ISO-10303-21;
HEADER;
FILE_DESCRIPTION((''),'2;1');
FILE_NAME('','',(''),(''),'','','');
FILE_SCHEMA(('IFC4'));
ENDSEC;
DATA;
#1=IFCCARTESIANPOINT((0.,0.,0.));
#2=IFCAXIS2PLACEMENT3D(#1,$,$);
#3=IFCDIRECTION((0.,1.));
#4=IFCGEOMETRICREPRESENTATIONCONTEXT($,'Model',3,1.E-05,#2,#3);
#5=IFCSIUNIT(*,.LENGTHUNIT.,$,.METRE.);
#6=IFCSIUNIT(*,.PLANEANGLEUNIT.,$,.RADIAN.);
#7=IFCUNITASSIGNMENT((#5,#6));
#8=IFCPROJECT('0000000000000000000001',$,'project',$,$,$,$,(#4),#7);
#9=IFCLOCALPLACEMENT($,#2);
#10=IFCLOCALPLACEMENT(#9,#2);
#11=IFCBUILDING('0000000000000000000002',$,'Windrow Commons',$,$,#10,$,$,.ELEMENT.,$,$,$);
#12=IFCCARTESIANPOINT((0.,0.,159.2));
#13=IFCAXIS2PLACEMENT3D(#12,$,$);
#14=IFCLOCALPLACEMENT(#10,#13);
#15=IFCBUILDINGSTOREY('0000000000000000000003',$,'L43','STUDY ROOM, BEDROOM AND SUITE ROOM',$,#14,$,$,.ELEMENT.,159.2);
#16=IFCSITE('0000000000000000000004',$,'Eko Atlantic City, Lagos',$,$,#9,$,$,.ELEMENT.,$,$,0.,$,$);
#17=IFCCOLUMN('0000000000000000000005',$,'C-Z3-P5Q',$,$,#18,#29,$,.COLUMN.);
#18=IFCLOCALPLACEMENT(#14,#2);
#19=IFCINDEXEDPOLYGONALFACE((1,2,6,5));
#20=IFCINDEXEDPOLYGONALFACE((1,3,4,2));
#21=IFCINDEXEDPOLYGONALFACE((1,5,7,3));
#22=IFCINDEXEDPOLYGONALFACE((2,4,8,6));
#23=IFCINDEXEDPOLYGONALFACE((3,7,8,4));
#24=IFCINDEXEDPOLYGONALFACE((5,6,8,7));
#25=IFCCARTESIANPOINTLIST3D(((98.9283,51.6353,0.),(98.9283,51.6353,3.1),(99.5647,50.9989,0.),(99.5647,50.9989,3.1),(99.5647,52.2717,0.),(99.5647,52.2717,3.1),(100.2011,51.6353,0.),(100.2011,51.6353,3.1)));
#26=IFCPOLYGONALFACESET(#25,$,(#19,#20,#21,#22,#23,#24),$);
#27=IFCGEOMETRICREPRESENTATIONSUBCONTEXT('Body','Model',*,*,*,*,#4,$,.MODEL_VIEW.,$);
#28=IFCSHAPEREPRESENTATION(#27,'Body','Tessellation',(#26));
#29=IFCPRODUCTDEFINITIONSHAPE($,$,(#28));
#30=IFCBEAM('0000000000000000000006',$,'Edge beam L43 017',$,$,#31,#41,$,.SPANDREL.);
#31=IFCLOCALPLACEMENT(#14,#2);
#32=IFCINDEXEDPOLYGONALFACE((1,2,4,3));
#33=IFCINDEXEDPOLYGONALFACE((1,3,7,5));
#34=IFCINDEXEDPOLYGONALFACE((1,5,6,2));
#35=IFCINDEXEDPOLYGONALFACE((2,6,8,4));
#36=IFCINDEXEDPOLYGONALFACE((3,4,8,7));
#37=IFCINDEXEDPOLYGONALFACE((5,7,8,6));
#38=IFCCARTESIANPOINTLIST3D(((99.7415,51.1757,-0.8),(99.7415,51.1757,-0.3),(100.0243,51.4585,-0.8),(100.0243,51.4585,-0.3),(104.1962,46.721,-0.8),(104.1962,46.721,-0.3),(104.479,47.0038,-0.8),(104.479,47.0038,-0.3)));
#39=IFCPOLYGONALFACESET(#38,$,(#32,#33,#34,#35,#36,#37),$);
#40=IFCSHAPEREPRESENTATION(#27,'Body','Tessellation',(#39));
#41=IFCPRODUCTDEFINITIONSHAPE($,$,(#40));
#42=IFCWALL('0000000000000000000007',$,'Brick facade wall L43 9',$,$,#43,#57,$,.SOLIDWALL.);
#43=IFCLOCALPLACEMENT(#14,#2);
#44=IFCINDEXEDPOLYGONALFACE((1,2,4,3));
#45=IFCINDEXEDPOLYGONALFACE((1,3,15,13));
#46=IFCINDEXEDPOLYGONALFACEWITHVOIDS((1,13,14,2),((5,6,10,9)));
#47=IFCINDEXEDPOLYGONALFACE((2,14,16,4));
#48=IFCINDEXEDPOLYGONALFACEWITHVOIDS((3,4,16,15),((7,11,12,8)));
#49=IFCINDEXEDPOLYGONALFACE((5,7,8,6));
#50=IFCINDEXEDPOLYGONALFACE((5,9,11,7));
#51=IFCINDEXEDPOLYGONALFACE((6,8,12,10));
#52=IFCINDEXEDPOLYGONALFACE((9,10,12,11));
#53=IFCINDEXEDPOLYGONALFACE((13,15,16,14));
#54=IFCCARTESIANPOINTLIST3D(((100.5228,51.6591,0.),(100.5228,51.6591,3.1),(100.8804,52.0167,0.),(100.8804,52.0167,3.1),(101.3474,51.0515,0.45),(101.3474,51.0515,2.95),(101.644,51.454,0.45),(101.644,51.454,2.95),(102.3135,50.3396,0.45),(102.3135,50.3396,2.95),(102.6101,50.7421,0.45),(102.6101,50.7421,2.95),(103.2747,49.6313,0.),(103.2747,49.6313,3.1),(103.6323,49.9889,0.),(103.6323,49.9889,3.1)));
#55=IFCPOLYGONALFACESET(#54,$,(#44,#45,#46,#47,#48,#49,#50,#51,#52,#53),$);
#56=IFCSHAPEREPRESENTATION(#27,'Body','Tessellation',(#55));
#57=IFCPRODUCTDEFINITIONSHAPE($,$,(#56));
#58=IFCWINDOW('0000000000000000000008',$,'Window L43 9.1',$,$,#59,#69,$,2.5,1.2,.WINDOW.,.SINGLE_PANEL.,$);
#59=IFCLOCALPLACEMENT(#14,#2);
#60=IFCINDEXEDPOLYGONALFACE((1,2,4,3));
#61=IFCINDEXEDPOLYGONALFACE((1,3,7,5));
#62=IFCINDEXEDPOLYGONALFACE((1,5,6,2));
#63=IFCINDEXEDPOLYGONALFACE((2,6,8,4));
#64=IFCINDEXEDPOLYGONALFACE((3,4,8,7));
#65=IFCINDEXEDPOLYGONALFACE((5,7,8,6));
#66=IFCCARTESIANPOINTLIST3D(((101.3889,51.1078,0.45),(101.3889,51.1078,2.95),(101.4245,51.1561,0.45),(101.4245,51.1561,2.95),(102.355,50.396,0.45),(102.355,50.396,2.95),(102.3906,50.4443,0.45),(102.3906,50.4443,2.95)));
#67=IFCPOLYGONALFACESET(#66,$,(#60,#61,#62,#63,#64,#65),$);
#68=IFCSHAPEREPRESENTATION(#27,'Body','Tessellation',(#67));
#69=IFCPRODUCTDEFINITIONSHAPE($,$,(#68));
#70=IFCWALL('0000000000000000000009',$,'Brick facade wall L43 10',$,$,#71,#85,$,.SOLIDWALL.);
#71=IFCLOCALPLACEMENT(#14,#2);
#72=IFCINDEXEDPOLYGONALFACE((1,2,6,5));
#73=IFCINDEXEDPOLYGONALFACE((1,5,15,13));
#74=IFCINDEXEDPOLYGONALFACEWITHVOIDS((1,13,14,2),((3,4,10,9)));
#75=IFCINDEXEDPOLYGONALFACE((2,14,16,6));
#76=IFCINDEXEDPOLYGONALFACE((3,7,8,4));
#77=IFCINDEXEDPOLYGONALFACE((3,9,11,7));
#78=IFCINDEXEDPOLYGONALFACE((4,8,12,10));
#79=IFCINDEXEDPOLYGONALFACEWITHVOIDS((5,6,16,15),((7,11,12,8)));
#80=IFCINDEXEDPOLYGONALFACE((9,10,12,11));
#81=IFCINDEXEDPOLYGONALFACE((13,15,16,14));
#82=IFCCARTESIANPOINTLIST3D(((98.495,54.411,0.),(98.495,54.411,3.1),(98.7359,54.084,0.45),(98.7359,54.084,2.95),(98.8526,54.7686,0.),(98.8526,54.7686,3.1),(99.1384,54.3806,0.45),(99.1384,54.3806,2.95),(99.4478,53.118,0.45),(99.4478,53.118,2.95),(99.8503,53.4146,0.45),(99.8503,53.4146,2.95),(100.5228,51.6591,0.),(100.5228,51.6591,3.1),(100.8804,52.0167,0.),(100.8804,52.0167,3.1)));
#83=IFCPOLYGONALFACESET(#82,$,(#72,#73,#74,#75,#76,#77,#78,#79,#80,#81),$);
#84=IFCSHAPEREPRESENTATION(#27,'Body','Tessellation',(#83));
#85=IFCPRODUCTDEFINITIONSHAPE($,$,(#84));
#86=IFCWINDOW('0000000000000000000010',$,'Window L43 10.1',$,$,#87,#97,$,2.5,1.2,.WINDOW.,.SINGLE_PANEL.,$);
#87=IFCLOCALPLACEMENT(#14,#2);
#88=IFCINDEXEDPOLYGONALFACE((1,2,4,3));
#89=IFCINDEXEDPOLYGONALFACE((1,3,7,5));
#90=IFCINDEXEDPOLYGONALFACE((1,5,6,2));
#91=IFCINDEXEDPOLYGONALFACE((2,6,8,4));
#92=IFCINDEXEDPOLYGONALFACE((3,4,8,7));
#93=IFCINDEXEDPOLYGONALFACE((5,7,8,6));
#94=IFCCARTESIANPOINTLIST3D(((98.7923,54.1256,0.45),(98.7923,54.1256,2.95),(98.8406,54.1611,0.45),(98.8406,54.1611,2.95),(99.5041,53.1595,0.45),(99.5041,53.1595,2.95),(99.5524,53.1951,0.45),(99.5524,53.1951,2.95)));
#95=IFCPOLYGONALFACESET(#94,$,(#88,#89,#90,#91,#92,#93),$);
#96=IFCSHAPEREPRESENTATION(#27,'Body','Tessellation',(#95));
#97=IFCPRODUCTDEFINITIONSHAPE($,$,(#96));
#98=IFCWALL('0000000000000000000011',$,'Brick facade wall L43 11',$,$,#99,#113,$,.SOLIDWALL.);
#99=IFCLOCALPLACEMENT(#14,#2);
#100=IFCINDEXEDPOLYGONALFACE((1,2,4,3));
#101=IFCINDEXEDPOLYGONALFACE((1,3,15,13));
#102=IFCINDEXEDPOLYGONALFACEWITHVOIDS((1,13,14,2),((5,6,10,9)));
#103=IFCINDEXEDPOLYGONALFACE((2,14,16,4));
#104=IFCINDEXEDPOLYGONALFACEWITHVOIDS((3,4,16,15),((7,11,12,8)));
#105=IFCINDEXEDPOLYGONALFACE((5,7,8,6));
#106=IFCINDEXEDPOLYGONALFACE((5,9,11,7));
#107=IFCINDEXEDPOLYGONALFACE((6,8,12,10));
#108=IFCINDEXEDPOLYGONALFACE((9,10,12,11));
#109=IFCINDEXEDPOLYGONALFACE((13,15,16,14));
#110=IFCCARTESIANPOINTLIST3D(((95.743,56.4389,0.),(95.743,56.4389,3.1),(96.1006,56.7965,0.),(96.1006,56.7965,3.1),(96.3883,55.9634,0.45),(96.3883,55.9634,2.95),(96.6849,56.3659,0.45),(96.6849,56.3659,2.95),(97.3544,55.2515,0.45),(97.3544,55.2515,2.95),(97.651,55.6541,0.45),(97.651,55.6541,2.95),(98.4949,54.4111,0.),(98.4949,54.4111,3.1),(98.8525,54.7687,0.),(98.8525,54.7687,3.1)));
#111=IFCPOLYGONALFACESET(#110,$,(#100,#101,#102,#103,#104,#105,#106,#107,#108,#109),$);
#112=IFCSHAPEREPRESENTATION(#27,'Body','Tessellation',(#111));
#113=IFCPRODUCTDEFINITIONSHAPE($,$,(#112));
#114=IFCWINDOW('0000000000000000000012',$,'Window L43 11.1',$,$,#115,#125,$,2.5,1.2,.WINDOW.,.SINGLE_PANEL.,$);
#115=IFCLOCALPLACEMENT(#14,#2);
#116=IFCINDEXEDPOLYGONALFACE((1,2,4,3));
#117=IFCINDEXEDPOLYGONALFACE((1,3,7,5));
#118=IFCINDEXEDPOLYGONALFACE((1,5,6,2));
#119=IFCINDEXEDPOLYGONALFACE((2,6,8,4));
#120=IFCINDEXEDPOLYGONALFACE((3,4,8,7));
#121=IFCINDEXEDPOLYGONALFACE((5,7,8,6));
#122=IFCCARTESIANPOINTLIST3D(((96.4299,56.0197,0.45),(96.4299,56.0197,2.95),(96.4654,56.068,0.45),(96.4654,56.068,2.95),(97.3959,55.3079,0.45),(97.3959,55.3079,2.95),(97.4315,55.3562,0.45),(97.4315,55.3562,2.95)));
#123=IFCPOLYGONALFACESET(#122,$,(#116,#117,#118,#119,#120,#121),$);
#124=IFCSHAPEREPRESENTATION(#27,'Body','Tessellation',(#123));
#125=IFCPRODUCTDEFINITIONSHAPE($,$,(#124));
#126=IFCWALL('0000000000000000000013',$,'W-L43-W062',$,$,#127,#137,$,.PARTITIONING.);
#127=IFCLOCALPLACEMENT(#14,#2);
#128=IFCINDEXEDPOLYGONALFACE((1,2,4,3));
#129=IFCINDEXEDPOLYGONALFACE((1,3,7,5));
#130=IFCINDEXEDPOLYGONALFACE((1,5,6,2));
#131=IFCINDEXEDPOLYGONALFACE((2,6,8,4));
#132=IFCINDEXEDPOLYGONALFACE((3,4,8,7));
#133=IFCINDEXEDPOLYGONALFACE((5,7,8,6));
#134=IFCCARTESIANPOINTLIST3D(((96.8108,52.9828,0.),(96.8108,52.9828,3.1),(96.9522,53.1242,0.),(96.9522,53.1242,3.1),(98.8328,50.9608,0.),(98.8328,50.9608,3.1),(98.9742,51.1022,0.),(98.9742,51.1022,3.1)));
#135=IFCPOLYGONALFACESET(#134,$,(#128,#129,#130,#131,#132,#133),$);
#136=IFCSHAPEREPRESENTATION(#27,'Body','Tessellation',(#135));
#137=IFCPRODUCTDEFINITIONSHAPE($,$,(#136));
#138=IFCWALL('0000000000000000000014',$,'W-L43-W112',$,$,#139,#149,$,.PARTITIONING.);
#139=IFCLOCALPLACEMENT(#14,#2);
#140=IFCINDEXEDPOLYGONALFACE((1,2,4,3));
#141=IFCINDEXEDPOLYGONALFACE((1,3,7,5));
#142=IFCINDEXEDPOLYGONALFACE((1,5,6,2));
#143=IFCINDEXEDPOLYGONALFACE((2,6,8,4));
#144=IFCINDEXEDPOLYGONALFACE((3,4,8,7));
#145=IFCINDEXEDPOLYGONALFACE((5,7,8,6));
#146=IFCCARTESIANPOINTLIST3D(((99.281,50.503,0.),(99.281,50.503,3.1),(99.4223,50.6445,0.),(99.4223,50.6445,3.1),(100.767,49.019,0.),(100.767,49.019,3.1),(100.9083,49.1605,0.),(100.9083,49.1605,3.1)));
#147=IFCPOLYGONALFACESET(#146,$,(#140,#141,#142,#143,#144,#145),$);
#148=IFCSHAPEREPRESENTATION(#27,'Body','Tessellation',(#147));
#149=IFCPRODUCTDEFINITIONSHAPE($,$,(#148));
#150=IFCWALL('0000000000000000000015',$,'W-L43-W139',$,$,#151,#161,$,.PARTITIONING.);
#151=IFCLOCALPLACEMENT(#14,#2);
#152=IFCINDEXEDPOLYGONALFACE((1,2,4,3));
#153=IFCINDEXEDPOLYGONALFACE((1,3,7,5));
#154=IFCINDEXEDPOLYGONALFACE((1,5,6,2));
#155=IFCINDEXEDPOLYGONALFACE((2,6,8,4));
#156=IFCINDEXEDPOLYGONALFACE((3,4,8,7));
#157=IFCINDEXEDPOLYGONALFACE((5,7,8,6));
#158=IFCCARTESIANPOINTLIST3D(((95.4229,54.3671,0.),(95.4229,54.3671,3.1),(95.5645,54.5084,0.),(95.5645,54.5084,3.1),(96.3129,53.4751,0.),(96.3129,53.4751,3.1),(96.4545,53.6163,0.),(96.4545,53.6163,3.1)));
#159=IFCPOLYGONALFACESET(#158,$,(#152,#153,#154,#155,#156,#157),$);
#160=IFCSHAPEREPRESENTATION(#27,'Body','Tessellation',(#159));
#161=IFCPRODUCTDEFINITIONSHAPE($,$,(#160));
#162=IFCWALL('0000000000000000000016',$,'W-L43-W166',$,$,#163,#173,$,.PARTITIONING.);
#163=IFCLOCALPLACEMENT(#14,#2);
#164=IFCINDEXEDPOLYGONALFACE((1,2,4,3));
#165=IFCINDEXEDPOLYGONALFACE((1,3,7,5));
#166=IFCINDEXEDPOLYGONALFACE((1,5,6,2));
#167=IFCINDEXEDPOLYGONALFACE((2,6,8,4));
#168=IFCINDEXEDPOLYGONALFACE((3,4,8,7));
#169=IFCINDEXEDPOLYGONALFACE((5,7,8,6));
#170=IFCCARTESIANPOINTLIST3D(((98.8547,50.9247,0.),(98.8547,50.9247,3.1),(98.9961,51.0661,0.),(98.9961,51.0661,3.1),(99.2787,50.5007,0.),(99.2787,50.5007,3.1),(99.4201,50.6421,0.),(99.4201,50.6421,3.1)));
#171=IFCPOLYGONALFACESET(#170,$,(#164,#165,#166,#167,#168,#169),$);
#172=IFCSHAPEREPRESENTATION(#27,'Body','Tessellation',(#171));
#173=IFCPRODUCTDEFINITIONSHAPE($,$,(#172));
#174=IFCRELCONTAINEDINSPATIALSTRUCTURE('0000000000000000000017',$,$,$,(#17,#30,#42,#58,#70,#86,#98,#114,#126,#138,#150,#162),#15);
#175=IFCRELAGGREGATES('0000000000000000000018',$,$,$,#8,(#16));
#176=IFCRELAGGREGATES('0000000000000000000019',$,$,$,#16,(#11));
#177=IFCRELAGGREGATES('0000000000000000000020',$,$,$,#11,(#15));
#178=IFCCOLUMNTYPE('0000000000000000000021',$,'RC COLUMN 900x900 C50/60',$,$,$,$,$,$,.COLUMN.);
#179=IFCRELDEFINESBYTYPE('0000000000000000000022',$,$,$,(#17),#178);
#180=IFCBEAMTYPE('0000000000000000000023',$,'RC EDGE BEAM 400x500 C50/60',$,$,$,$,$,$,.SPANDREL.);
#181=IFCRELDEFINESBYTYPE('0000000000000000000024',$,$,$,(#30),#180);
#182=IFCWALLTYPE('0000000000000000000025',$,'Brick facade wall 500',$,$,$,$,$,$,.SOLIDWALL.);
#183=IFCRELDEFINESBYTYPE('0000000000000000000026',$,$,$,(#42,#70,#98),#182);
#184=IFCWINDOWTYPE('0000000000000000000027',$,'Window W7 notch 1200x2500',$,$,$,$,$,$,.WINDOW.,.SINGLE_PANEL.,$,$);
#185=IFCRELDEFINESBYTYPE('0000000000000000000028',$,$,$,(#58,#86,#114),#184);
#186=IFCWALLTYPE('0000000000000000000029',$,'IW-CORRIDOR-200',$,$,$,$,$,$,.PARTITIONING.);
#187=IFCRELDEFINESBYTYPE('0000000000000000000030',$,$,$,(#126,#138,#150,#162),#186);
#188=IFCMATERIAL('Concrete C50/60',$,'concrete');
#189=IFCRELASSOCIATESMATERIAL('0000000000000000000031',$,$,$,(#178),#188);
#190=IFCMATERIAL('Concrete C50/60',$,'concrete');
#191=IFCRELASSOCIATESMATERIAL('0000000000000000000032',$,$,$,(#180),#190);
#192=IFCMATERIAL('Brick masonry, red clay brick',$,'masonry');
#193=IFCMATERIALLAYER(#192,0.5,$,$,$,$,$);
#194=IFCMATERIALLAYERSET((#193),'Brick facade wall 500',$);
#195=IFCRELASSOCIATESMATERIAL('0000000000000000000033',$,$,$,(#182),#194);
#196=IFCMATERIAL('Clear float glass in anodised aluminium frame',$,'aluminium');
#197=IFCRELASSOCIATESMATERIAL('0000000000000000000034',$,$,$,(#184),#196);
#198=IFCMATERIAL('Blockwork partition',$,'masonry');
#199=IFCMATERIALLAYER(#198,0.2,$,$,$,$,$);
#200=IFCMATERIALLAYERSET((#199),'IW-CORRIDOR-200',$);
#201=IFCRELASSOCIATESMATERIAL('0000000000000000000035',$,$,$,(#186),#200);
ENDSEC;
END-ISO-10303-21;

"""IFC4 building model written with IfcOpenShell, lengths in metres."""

from ifc_helpers import new_model, si_unit, direction, frame, frame_2d, origin, origin_2d, place, context, subcontext, project, spatial, polyline, rectangle, outline, extrude, material, layer, layer_set, material_profile, profile_set, type_object, element, fill, save


model = new_model("IFC4")

# Units and contexts
model_context = context("Model", 3, precision=1e-05, world=origin(), true_north=direction((0.0, 1.0)))
body_context = subcontext(model_context, "Body", "Model", "MODEL_VIEW")
ifc_project = project(units=[si_unit("LENGTHUNIT", "METRE"), si_unit("PLANEANGLEUNIT", "RADIAN")], contexts=[model_context])

# Site, building, storey
site_placement = place(None, origin())
site = spatial("IfcSite", under=ifc_project, at=site_placement, Name="Eko Atlantic City, Lagos", CompositionType="ELEMENT", RefElevation=0.0)
building_placement = place(site_placement, origin())
building = spatial("IfcBuilding", under=site, at=building_placement, Name="Windrow Commons", CompositionType="ELEMENT")
storey_placement = place(building_placement, frame((0.0, 0.0, 159.2)))
storey = spatial("IfcBuildingStorey", under=building, at=storey_placement, Name="L43", Description="STUDY ROOM, BEDROOM AND SUITE ROOM", CompositionType="ELEMENT", Elevation=159.2)

# Column
ifc_material_1 = material(Name="Concrete C50/60", Category="concrete")
ifc_material_profile_1 = material_profile(ifc_material_1, rectangle(XDim=0.9, YDim=0.9, at=origin_2d()))
ifc_profile_set_1 = profile_set([ifc_material_profile_1], Name="Concrete C50/60")
column_type = type_object("IfcColumnType", Name="RC COLUMN 900x900 C50/60", PredefinedType="COLUMN", material=ifc_profile_set_1)
column_placement = place(storey_placement, frame((99.5647, 51.6353, 0.0), z_axis=(0.0, 0.0, 1.0), x_axis=(0.707107, -0.707107, 0.0)))
element("IfcColumn", 1, at=column_placement, inside=storey, type_object=column_type, Name="C-Z3-P5Q", PredefinedType="COLUMN", context=body_context, shape_type="SweptSolid", body=[
    extrude(rectangle(XDim=0.9, YDim=0.9, at=origin_2d()), origin(), (0.0, 0.0, 1.0), 3.1),
])

# Beam
ifc_material_2 = material(Name="Concrete C50/60", Category="concrete")
ifc_material_profile_2 = material_profile(ifc_material_2, rectangle(XDim=0.4, YDim=0.5, at=origin_2d()))
ifc_profile_set_2 = profile_set([ifc_material_profile_2], Name="Concrete C50/60")
beam_type = type_object("IfcBeamType", Name="RC EDGE BEAM 400x500 C50/60", PredefinedType="SPANDREL", material=ifc_profile_set_2)
beam_placement = place(storey_placement, frame((99.8829, 51.3171, -0.55), z_axis=(0.707107, -0.707107, 0.0), x_axis=(0.707107, 0.707107, 0.0)))
element("IfcBeam", 2, at=beam_placement, inside=storey, type_object=beam_type, Name="Edge beam L43 017", PredefinedType="SPANDREL", context=body_context, shape_type="SweptSolid", body=[
    extrude(rectangle(XDim=0.4, YDim=0.5, at=origin_2d()), origin(), (0.0, 0.0, 1.0), 6.2999),
])

# Walls, openings, windows
ifc_material_3 = material(Name="Brick masonry, red clay brick", Category="masonry")
ifc_layer_1 = layer(ifc_material_3, 0.5)
ifc_layer_set_1 = layer_set([ifc_layer_1], Name="Brick facade wall 500")
wall_type_1 = type_object("IfcWallType", Name="Brick facade wall 500", PredefinedType="SOLIDWALL", material=ifc_layer_set_1)
wall_1_placement = place(storey_placement, frame((103.4535, 49.8101, 0.0), z_axis=(0.0, 0.0, 1.0), x_axis=(-0.805044, 0.593215, 0.0)))
wall_1 = element("IfcWall", 3, at=wall_1_placement, inside=storey, type_object=wall_type_1, Name="Brick facade wall L43 9", PredefinedType="SOLIDWALL", context=body_context, shape_type="SweptSolid", body=[
    extrude(outline(polyline([(-0.0379, -0.25), (3.3805, -0.25), (3.4562, 0.25), (0.0379, 0.25), (-0.0379, -0.25)])), origin(), (0.0, 0.0, 1.0), 3.1),
])
opening_1_placement = place(wall_1_placement, frame((1.2319, 0.0, 0.45)))
opening_1 = element("IfcOpeningElement", 4, at=opening_1_placement, cuts=wall_1, PredefinedType="OPENING", context=body_context, shape_type="SweptSolid", body=[
    extrude(rectangle(XDim=1.2, YDim=2.5, at=frame_2d((0.6, 1.25))), frame((0.0, 0.26, 0.0), z_axis=(0.0, -1.0, 0.0), x_axis=(1.0, 0.0, 0.0)), (0.0, 0.0, 1.0), 0.52),
])
ifc_material_4 = material(Name="Clear float glass in anodised aluminium frame", Category="aluminium")
window_type = type_object("IfcWindowType", Name="Window W7 notch 1200x2500", PartitioningType="SINGLE_PANEL", PredefinedType="WINDOW", material=ifc_material_4)
window_1_placement = place(opening_1_placement, origin())
window_1 = element("IfcWindow", 5, at=window_1_placement, inside=storey, type_object=window_type, Name="Window L43 9.1", OverallHeight=2.5, OverallWidth=1.2, PartitioningType="SINGLE_PANEL", PredefinedType="WINDOW", context=body_context, shape_type="SweptSolid", body=[
    extrude(rectangle(XDim=1.2, YDim=2.5, at=frame_2d((0.6, 1.25))), frame((0.0, 0.18, 0.0), z_axis=(0.0, -1.0, 0.0), x_axis=(1.0, 0.0, 0.0)), (0.0, 0.0, 1.0), 0.06),
])
fill(opening_1, window_1)
wall_2_placement = place(storey_placement, frame((100.7016, 51.8379, 0.0), z_axis=(0.0, 0.0, 1.0), x_axis=(-0.59322, 0.80504, 0.0)))
wall_2 = element("IfcWall", 6, at=wall_2_placement, inside=storey, type_object=wall_type_1, Name="Brick facade wall L43 10", PredefinedType="SOLIDWALL", context=body_context, shape_type="SweptSolid", body=[
    extrude(outline(polyline([(0.0379, -0.25), (3.4562, -0.25), (3.3805, 0.25), (-0.0379, 0.25), (0.0379, -0.25)])), origin(), (0.0, 0.0, 1.0), 3.1),
])
opening_2_placement = place(wall_2_placement, frame((1.7743, 0.0, 0.45)))
opening_2 = element("IfcOpeningElement", 7, at=opening_2_placement, cuts=wall_2, PredefinedType="OPENING", context=body_context, shape_type="SweptSolid", body=[
    extrude(rectangle(XDim=1.2, YDim=2.5, at=frame_2d((0.6, 1.25))), frame((0.0, 0.26, 0.0), z_axis=(0.0, -1.0, 0.0), x_axis=(1.0, 0.0, 0.0)), (0.0, 0.0, 1.0), 0.52),
])
window_2_placement = place(opening_2_placement, origin())
window_2 = element("IfcWindow", 8, at=window_2_placement, inside=storey, type_object=window_type, Name="Window L43 10.1", OverallHeight=2.5, OverallWidth=1.2, PartitioningType="SINGLE_PANEL", PredefinedType="WINDOW", context=body_context, shape_type="SweptSolid", body=[
    extrude(rectangle(XDim=1.2, YDim=2.5, at=frame_2d((0.6, 1.25))), frame((0.0, 0.18, 0.0), z_axis=(0.0, -1.0, 0.0), x_axis=(1.0, 0.0, 0.0)), (0.0, 0.0, 1.0), 0.06),
])
fill(opening_2, window_2)
wall_3_placement = place(storey_placement, frame((98.6737, 54.5899, 0.0), z_axis=(0.0, 0.0, 1.0), x_axis=(-0.805044, 0.593215, 0.0)))
wall_3 = element("IfcWall", 9, at=wall_3_placement, inside=storey, type_object=wall_type_1, Name="Brick facade wall L43 11", PredefinedType="SOLIDWALL", context=body_context, shape_type="SweptSolid", body=[
    extrude(outline(polyline([(-0.0379, -0.25), (3.3805, -0.25), (3.4562, 0.25), (0.0379, 0.25), (-0.0379, -0.25)])), origin(), (0.0, 0.0, 1.0), 3.1),
])
opening_3_placement = place(wall_3_placement, frame((1.4546, 0.0, 0.45)))
opening_3 = element("IfcOpeningElement", 10, at=opening_3_placement, cuts=wall_3, PredefinedType="OPENING", context=body_context, shape_type="SweptSolid", body=[
    extrude(rectangle(XDim=1.2, YDim=2.5, at=frame_2d((0.6, 1.25))), frame((0.0, 0.26, 0.0), z_axis=(0.0, -1.0, 0.0), x_axis=(1.0, 0.0, 0.0)), (0.0, 0.0, 1.0), 0.52),
])
window_3_placement = place(opening_3_placement, origin())
window_3 = element("IfcWindow", 11, at=window_3_placement, inside=storey, type_object=window_type, Name="Window L43 11.1", OverallHeight=2.5, OverallWidth=1.2, PartitioningType="SINGLE_PANEL", PredefinedType="WINDOW", context=body_context, shape_type="SweptSolid", body=[
    extrude(rectangle(XDim=1.2, YDim=2.5, at=frame_2d((0.6, 1.25))), frame((0.0, 0.18, 0.0), z_axis=(0.0, -1.0, 0.0), x_axis=(1.0, 0.0, 0.0)), (0.0, 0.0, 1.0), 0.06),
])
fill(opening_3, window_3)

# Walls
ifc_material_5 = material(Name="Blockwork partition", Category="masonry")
ifc_layer_2 = layer(ifc_material_5, 0.2)
ifc_layer_set_2 = layer_set([ifc_layer_2], Name="IW-CORRIDOR-200")
wall_type_2 = type_object("IfcWallType", Name="IW-CORRIDOR-200", PredefinedType="PARTITIONING", material=ifc_layer_set_2)
wall_4_placement = place(storey_placement, frame((96.8815, 53.0535, 0.0), z_axis=(0.0, 0.0, 1.0), x_axis=(0.707107, -0.707107, 0.0)))
element("IfcWall", 12, at=wall_4_placement, inside=storey, type_object=wall_type_2, Name="W-L43-W062", PredefinedType="PARTITIONING", context=body_context, shape_type="SweptSolid", body=[
    extrude(rectangle(XDim=2.8595, YDim=0.2, at=frame_2d((1.4298, 0.0))), origin(), (0.0, 0.0, 1.0), 3.1),
])
wall_5_placement = place(storey_placement, frame((99.3517, 50.5737, 0.0), z_axis=(0.0, 0.0, 1.0), x_axis=(0.707583, -0.70663, 0.0)))
element("IfcWall", 13, at=wall_5_placement, inside=storey, type_object=wall_type_2, Name="W-L43-W112", PredefinedType="PARTITIONING", context=body_context, shape_type="SweptSolid", body=[
    extrude(rectangle(XDim=2.1001, YDim=0.2, at=frame_2d((1.05, 0.0))), origin(), (0.0, 0.0, 1.0), 3.1),
])
wall_6_placement = place(storey_placement, frame((95.4937, 54.4377, 0.0), z_axis=(0.0, 0.0, 1.0), x_axis=(0.706313, -0.7079, 0.0)))
element("IfcWall", 14, at=wall_6_placement, inside=storey, type_object=wall_type_2, Name="W-L43-W139", PredefinedType="PARTITIONING", context=body_context, shape_type="SweptSolid", body=[
    extrude(rectangle(XDim=1.2601, YDim=0.2, at=frame_2d((0.63, 0.0))), origin(), (0.0, 0.0, 1.0), 3.1),
])
wall_7_placement = place(storey_placement, frame((98.9254, 50.9954, 0.0), z_axis=(0.0, 0.0, 1.0), x_axis=(0.707107, -0.707107, 0.0)))
element("IfcWall", 15, at=wall_7_placement, inside=storey, type_object=wall_type_2, Name="W-L43-W166", PredefinedType="PARTITIONING", context=body_context, shape_type="SweptSolid", body=[
    extrude(rectangle(XDim=0.5996, YDim=0.2, at=frame_2d((0.2998, 0.0))), origin(), (0.0, 0.0, 1.0), 3.1),
])

save(model, "model.ifc")
